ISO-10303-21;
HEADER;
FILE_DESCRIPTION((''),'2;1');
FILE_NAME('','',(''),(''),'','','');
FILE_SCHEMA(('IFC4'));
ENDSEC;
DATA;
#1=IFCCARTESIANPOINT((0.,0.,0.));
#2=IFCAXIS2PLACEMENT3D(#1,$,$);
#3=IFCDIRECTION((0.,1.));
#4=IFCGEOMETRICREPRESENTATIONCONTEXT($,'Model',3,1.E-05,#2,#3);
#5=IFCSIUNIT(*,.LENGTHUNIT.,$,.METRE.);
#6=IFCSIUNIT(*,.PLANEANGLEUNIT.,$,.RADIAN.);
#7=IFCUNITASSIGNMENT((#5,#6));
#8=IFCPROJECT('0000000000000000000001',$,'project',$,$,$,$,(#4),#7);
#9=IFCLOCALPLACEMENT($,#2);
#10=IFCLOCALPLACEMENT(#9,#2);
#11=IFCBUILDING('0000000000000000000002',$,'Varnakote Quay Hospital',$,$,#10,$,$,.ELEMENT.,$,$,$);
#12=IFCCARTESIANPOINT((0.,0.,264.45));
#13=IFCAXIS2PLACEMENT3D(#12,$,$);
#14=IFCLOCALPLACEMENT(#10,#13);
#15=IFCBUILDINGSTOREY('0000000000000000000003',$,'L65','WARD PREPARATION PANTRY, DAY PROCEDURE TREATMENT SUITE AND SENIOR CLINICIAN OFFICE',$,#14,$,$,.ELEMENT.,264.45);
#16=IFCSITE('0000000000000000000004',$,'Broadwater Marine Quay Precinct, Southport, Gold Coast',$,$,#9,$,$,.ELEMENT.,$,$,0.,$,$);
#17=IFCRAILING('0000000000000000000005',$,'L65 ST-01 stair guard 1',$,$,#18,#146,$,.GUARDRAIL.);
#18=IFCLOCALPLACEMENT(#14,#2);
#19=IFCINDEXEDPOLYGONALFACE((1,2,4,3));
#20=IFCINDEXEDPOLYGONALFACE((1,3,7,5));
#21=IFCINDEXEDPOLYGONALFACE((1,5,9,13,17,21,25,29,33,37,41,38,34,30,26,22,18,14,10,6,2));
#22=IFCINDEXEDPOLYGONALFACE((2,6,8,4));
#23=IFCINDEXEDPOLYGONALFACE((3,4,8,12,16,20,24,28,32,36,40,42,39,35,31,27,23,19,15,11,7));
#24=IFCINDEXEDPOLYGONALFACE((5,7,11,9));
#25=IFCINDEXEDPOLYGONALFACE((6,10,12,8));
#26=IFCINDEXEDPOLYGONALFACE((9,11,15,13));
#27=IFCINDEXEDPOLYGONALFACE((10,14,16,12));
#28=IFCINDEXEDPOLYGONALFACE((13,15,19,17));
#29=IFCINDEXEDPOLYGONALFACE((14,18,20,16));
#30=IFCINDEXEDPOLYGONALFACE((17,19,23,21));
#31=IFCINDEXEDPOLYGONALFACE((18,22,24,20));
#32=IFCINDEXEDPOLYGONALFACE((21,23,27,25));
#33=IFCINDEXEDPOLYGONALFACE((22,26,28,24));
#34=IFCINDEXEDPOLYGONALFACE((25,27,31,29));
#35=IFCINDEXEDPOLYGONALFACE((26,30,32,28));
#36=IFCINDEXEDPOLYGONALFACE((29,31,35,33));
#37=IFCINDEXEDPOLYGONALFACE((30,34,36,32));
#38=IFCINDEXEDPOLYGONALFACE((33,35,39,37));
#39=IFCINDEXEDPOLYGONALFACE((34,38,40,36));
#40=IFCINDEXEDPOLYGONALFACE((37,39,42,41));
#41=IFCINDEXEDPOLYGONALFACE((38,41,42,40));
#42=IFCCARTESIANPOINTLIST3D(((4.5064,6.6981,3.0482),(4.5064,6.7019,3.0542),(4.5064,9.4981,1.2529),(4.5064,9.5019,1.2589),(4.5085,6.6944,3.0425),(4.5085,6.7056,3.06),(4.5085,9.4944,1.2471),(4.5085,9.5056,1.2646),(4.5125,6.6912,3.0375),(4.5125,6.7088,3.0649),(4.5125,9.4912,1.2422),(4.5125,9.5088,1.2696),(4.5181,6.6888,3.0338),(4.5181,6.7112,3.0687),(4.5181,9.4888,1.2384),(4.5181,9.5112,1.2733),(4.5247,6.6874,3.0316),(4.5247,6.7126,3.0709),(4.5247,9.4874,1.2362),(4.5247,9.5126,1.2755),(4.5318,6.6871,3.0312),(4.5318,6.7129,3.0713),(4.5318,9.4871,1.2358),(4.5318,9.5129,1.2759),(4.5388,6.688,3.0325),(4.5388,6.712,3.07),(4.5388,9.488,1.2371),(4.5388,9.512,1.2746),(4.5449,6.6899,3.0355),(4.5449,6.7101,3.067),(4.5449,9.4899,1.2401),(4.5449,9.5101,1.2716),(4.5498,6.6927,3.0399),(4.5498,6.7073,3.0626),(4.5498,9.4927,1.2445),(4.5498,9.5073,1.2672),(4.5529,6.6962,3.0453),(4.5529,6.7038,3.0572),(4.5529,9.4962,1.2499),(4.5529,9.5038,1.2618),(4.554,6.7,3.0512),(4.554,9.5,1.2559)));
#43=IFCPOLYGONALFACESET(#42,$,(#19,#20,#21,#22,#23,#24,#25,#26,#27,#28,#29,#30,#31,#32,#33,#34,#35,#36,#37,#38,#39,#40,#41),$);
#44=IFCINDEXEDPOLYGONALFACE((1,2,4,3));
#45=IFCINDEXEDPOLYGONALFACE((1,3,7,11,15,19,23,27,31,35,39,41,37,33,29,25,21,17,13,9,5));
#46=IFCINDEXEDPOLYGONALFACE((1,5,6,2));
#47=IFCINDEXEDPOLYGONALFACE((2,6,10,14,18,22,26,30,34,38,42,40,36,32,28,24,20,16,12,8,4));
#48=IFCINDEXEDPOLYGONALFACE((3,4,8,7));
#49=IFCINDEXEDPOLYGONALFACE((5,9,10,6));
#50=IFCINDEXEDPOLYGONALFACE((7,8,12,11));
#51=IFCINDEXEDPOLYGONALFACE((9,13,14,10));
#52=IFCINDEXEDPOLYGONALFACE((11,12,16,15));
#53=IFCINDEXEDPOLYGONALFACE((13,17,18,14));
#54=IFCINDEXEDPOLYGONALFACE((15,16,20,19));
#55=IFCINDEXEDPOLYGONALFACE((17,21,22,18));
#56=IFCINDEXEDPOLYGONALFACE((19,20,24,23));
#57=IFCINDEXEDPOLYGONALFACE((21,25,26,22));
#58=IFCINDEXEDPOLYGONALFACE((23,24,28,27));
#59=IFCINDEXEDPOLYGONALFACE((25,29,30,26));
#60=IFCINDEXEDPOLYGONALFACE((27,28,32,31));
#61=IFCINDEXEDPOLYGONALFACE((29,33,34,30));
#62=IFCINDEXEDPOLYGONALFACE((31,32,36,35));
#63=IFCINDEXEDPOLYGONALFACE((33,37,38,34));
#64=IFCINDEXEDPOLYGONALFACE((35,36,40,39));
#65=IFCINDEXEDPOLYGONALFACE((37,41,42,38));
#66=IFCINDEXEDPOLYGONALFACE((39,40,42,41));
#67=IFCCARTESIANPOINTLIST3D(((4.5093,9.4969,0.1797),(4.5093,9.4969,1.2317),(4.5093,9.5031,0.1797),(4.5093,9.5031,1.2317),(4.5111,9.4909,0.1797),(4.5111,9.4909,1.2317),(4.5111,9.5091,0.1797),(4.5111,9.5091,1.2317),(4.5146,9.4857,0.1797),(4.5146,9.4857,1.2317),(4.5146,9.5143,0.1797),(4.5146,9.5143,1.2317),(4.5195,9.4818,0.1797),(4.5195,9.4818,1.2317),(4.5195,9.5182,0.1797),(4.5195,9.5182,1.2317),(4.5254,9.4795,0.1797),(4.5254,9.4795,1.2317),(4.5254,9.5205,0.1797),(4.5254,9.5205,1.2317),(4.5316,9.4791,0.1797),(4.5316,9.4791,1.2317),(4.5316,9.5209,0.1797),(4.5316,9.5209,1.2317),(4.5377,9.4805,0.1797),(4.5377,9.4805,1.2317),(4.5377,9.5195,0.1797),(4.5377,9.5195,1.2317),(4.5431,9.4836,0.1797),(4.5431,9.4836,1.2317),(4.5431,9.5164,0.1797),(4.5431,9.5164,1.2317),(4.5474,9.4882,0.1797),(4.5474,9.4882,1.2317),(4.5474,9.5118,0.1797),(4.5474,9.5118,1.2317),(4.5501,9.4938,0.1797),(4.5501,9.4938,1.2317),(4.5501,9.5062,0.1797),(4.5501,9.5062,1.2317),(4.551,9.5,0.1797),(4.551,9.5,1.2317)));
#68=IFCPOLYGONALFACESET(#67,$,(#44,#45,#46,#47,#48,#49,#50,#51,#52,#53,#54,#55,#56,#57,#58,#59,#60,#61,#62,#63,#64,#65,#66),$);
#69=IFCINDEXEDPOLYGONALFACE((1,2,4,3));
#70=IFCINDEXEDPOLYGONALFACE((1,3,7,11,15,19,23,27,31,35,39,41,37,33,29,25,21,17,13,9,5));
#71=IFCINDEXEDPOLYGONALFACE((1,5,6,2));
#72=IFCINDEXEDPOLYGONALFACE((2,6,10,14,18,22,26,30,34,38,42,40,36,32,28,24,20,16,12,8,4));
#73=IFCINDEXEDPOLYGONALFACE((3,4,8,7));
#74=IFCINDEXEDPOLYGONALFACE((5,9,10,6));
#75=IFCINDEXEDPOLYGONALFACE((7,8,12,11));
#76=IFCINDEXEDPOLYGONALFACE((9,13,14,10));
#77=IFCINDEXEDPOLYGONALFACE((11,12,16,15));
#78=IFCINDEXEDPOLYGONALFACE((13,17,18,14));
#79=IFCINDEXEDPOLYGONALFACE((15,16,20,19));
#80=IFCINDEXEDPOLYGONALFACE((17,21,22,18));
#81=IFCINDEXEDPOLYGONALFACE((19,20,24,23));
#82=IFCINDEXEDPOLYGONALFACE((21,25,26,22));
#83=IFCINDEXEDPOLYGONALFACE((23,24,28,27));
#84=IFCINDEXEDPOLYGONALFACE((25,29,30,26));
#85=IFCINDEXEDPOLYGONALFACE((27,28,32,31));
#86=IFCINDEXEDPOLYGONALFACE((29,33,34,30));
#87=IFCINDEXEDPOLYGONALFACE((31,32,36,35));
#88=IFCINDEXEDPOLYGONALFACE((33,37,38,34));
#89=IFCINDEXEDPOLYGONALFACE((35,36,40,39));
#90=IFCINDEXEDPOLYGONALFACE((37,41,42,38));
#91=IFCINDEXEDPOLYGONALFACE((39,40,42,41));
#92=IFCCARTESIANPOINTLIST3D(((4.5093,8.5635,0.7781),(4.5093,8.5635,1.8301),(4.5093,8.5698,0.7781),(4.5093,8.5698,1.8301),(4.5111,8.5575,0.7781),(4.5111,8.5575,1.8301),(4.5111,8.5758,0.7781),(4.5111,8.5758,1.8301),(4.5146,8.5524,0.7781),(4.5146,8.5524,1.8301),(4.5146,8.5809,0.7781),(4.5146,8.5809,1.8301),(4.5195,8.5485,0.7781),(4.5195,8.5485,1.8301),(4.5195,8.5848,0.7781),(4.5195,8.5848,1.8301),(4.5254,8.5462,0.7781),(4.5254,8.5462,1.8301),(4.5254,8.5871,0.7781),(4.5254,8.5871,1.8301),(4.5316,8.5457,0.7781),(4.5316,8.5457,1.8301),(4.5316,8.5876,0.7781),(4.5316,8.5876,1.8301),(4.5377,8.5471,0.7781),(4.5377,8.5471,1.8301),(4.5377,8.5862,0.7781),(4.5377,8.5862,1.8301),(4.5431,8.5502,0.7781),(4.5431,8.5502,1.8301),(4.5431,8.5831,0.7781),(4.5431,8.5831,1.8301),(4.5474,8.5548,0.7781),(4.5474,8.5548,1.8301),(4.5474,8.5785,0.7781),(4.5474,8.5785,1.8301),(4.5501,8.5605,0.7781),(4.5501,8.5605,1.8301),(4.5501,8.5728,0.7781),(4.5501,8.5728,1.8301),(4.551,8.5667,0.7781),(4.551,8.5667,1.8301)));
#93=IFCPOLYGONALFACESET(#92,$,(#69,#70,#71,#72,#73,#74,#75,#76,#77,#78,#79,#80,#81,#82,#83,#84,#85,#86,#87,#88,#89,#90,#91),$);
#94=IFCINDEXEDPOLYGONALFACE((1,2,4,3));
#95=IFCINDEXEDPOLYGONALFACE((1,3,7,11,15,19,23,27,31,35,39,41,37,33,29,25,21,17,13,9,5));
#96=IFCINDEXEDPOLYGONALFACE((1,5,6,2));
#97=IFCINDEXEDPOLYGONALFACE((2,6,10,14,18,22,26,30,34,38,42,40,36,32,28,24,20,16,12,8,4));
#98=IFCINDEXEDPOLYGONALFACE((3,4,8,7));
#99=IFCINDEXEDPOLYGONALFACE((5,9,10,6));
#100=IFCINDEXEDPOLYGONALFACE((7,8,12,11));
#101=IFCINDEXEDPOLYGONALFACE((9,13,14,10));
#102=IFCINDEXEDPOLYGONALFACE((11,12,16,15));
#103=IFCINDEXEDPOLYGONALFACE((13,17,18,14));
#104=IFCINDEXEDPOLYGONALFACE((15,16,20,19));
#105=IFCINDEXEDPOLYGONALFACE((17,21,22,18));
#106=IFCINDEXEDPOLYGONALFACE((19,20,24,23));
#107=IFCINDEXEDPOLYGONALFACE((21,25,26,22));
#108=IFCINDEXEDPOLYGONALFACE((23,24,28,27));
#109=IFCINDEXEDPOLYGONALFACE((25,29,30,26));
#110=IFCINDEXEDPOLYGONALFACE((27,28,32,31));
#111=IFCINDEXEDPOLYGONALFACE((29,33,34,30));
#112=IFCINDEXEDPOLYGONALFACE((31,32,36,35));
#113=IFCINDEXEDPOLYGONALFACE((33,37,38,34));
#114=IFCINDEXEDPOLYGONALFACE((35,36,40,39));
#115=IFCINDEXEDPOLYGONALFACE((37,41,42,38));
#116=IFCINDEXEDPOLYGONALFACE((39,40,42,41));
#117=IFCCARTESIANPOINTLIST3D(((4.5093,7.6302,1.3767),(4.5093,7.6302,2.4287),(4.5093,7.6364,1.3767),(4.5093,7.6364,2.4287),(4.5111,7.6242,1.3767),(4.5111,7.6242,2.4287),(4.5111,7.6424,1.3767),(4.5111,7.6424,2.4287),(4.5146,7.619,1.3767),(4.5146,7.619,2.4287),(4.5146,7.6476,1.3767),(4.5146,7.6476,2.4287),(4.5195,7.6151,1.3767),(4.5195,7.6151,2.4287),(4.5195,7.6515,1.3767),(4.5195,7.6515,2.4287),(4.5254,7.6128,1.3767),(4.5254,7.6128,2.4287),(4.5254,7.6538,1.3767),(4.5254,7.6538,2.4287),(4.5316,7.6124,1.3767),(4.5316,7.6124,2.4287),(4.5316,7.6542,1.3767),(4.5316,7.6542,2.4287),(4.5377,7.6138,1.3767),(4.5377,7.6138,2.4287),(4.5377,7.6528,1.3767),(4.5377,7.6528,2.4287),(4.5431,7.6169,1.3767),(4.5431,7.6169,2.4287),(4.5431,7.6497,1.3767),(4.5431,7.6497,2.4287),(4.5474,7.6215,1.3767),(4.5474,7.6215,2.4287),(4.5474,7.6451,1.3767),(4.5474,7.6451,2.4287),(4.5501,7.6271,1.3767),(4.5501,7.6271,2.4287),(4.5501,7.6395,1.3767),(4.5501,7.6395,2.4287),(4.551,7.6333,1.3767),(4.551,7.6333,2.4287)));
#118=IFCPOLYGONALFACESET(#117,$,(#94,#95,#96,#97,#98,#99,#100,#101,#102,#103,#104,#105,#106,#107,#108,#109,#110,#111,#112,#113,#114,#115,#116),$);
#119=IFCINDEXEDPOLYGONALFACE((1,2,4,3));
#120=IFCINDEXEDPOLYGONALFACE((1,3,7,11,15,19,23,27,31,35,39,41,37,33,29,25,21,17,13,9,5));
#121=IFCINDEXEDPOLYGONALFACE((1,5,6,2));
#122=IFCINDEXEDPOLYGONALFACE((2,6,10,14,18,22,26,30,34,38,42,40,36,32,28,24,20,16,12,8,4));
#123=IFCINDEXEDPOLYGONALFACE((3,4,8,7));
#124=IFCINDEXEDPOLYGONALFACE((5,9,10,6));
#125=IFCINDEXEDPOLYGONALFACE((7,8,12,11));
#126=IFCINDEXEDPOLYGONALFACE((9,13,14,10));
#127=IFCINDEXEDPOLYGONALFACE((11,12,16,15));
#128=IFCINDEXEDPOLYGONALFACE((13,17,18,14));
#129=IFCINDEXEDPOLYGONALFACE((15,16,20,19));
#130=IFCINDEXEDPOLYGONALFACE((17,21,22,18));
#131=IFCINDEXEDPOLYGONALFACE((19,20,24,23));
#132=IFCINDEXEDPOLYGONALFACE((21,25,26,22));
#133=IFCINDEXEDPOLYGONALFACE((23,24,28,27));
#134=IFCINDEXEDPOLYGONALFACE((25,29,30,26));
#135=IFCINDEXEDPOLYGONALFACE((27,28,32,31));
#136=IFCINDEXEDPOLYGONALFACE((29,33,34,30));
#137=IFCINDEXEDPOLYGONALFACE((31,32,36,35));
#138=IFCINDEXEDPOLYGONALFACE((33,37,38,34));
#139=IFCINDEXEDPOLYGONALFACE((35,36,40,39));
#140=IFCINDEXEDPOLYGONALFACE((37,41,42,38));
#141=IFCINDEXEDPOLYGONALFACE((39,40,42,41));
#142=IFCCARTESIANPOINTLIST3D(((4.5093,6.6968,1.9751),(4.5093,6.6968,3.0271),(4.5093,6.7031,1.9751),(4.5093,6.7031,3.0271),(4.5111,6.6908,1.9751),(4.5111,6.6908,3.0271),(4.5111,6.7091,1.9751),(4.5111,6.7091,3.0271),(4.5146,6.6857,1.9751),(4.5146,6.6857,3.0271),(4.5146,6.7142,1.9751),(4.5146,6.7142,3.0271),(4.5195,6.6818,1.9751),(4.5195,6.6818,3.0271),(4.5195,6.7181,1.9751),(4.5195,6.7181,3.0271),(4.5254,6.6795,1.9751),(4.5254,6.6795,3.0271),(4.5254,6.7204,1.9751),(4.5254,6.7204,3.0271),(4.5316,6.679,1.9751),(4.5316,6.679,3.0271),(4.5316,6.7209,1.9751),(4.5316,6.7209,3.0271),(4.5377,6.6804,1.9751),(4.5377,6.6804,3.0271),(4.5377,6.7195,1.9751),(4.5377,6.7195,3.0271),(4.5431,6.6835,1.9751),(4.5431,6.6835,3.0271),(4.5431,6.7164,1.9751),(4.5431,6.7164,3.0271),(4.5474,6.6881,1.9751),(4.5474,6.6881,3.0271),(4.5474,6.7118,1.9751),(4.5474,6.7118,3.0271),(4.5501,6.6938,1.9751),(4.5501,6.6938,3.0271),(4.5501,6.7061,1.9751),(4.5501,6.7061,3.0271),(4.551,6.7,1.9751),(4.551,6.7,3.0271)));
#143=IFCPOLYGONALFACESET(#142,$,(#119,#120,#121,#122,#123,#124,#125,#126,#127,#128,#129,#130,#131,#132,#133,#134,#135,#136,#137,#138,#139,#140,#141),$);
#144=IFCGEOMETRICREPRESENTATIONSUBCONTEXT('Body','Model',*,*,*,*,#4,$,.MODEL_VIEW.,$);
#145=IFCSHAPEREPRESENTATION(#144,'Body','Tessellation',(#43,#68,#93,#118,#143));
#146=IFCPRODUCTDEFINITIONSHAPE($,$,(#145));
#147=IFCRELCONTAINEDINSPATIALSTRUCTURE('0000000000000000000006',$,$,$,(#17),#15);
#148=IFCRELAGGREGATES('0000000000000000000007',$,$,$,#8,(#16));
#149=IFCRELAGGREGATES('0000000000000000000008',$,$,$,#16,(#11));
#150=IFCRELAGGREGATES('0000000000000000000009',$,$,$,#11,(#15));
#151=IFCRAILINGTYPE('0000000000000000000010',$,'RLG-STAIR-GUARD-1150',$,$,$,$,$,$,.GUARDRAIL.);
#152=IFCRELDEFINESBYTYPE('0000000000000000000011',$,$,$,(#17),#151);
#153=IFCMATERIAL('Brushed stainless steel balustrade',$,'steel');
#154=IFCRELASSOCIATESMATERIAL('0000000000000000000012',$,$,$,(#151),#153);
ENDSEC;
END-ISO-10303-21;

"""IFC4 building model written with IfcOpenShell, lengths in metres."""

from ifc_helpers import new_model, si_unit, direction, frame, origin, origin_2d, place, context, subcontext, project, spatial, circle, extrude, material, type_object, element, save


model = new_model("IFC4")

# Units and contexts
model_context = context("Model", 3, precision=1e-05, world=origin(), true_north=direction((0.0, 1.0)))
body_context = subcontext(model_context, "Body", "Model", "MODEL_VIEW")
ifc_project = project(units=[si_unit("LENGTHUNIT", "METRE"), si_unit("PLANEANGLEUNIT", "RADIAN")], contexts=[model_context])

# Site, building, storey
site_placement = place(None, origin())
site = spatial("IfcSite", under=ifc_project, at=site_placement, Name="Broadwater Marine Quay Precinct, Southport, Gold Coast", CompositionType="ELEMENT", RefElevation=0.0)
building_placement = place(site_placement, origin())
building = spatial("IfcBuilding", under=site, at=building_placement, Name="Varnakote Quay Hospital", CompositionType="ELEMENT")
storey_placement = place(building_placement, frame((0.0, 0.0, 264.45)))
storey = spatial("IfcBuildingStorey", under=building, at=storey_placement, Name="L65", Description="WARD PREPARATION PANTRY, DAY PROCEDURE TREATMENT SUITE AND SENIOR CLINICIAN OFFICE", CompositionType="ELEMENT", Elevation=264.45)

# Railing
ifc_material_1 = material(Name="Brushed stainless steel balustrade", Category="steel")
railing_type_1 = type_object("IfcRailingType", Name="RLG-STAIR-GUARD-1150", PredefinedType="GUARDRAIL", material=ifc_material_1)
railing_1_placement = place(storey_placement, frame((4.53, 9.5, 0.1797)))
element("IfcRailing", 1, at=railing_1_placement, inside=storey, type_object=railing_type_1, Name="L65 ST-01 stair guard 1", PredefinedType="GUARDRAIL", context=body_context, shape_type="SweptSolid", body=[
    extrude(circle(Radius=0.0239, at=origin_2d()), frame((0.0, 0.0, 1.0762), z_axis=(0.0, -0.84181, 0.539774), x_axis=(1.0, 0.0, 0.0)), (0.0, 0.0, 1.0), 3.3262),
    extrude(circle(Radius=0.021, at=origin_2d()), origin(), (0.0, 0.0, 1.0), 1.052),
    extrude(circle(Radius=0.021, at=origin_2d()), frame((0.0, -0.9333, 0.5984)), (0.0, 0.0, 1.0), 1.052),
    extrude(circle(Radius=0.021, at=origin_2d()), frame((0.0, -1.8667, 1.197)), (0.0, 0.0, 1.0), 1.052),
    extrude(circle(Radius=0.021, at=origin_2d()), frame((0.0, -2.8, 1.7954)), (0.0, 0.0, 1.0), 1.052),
])

save(model, "model.ifc")
